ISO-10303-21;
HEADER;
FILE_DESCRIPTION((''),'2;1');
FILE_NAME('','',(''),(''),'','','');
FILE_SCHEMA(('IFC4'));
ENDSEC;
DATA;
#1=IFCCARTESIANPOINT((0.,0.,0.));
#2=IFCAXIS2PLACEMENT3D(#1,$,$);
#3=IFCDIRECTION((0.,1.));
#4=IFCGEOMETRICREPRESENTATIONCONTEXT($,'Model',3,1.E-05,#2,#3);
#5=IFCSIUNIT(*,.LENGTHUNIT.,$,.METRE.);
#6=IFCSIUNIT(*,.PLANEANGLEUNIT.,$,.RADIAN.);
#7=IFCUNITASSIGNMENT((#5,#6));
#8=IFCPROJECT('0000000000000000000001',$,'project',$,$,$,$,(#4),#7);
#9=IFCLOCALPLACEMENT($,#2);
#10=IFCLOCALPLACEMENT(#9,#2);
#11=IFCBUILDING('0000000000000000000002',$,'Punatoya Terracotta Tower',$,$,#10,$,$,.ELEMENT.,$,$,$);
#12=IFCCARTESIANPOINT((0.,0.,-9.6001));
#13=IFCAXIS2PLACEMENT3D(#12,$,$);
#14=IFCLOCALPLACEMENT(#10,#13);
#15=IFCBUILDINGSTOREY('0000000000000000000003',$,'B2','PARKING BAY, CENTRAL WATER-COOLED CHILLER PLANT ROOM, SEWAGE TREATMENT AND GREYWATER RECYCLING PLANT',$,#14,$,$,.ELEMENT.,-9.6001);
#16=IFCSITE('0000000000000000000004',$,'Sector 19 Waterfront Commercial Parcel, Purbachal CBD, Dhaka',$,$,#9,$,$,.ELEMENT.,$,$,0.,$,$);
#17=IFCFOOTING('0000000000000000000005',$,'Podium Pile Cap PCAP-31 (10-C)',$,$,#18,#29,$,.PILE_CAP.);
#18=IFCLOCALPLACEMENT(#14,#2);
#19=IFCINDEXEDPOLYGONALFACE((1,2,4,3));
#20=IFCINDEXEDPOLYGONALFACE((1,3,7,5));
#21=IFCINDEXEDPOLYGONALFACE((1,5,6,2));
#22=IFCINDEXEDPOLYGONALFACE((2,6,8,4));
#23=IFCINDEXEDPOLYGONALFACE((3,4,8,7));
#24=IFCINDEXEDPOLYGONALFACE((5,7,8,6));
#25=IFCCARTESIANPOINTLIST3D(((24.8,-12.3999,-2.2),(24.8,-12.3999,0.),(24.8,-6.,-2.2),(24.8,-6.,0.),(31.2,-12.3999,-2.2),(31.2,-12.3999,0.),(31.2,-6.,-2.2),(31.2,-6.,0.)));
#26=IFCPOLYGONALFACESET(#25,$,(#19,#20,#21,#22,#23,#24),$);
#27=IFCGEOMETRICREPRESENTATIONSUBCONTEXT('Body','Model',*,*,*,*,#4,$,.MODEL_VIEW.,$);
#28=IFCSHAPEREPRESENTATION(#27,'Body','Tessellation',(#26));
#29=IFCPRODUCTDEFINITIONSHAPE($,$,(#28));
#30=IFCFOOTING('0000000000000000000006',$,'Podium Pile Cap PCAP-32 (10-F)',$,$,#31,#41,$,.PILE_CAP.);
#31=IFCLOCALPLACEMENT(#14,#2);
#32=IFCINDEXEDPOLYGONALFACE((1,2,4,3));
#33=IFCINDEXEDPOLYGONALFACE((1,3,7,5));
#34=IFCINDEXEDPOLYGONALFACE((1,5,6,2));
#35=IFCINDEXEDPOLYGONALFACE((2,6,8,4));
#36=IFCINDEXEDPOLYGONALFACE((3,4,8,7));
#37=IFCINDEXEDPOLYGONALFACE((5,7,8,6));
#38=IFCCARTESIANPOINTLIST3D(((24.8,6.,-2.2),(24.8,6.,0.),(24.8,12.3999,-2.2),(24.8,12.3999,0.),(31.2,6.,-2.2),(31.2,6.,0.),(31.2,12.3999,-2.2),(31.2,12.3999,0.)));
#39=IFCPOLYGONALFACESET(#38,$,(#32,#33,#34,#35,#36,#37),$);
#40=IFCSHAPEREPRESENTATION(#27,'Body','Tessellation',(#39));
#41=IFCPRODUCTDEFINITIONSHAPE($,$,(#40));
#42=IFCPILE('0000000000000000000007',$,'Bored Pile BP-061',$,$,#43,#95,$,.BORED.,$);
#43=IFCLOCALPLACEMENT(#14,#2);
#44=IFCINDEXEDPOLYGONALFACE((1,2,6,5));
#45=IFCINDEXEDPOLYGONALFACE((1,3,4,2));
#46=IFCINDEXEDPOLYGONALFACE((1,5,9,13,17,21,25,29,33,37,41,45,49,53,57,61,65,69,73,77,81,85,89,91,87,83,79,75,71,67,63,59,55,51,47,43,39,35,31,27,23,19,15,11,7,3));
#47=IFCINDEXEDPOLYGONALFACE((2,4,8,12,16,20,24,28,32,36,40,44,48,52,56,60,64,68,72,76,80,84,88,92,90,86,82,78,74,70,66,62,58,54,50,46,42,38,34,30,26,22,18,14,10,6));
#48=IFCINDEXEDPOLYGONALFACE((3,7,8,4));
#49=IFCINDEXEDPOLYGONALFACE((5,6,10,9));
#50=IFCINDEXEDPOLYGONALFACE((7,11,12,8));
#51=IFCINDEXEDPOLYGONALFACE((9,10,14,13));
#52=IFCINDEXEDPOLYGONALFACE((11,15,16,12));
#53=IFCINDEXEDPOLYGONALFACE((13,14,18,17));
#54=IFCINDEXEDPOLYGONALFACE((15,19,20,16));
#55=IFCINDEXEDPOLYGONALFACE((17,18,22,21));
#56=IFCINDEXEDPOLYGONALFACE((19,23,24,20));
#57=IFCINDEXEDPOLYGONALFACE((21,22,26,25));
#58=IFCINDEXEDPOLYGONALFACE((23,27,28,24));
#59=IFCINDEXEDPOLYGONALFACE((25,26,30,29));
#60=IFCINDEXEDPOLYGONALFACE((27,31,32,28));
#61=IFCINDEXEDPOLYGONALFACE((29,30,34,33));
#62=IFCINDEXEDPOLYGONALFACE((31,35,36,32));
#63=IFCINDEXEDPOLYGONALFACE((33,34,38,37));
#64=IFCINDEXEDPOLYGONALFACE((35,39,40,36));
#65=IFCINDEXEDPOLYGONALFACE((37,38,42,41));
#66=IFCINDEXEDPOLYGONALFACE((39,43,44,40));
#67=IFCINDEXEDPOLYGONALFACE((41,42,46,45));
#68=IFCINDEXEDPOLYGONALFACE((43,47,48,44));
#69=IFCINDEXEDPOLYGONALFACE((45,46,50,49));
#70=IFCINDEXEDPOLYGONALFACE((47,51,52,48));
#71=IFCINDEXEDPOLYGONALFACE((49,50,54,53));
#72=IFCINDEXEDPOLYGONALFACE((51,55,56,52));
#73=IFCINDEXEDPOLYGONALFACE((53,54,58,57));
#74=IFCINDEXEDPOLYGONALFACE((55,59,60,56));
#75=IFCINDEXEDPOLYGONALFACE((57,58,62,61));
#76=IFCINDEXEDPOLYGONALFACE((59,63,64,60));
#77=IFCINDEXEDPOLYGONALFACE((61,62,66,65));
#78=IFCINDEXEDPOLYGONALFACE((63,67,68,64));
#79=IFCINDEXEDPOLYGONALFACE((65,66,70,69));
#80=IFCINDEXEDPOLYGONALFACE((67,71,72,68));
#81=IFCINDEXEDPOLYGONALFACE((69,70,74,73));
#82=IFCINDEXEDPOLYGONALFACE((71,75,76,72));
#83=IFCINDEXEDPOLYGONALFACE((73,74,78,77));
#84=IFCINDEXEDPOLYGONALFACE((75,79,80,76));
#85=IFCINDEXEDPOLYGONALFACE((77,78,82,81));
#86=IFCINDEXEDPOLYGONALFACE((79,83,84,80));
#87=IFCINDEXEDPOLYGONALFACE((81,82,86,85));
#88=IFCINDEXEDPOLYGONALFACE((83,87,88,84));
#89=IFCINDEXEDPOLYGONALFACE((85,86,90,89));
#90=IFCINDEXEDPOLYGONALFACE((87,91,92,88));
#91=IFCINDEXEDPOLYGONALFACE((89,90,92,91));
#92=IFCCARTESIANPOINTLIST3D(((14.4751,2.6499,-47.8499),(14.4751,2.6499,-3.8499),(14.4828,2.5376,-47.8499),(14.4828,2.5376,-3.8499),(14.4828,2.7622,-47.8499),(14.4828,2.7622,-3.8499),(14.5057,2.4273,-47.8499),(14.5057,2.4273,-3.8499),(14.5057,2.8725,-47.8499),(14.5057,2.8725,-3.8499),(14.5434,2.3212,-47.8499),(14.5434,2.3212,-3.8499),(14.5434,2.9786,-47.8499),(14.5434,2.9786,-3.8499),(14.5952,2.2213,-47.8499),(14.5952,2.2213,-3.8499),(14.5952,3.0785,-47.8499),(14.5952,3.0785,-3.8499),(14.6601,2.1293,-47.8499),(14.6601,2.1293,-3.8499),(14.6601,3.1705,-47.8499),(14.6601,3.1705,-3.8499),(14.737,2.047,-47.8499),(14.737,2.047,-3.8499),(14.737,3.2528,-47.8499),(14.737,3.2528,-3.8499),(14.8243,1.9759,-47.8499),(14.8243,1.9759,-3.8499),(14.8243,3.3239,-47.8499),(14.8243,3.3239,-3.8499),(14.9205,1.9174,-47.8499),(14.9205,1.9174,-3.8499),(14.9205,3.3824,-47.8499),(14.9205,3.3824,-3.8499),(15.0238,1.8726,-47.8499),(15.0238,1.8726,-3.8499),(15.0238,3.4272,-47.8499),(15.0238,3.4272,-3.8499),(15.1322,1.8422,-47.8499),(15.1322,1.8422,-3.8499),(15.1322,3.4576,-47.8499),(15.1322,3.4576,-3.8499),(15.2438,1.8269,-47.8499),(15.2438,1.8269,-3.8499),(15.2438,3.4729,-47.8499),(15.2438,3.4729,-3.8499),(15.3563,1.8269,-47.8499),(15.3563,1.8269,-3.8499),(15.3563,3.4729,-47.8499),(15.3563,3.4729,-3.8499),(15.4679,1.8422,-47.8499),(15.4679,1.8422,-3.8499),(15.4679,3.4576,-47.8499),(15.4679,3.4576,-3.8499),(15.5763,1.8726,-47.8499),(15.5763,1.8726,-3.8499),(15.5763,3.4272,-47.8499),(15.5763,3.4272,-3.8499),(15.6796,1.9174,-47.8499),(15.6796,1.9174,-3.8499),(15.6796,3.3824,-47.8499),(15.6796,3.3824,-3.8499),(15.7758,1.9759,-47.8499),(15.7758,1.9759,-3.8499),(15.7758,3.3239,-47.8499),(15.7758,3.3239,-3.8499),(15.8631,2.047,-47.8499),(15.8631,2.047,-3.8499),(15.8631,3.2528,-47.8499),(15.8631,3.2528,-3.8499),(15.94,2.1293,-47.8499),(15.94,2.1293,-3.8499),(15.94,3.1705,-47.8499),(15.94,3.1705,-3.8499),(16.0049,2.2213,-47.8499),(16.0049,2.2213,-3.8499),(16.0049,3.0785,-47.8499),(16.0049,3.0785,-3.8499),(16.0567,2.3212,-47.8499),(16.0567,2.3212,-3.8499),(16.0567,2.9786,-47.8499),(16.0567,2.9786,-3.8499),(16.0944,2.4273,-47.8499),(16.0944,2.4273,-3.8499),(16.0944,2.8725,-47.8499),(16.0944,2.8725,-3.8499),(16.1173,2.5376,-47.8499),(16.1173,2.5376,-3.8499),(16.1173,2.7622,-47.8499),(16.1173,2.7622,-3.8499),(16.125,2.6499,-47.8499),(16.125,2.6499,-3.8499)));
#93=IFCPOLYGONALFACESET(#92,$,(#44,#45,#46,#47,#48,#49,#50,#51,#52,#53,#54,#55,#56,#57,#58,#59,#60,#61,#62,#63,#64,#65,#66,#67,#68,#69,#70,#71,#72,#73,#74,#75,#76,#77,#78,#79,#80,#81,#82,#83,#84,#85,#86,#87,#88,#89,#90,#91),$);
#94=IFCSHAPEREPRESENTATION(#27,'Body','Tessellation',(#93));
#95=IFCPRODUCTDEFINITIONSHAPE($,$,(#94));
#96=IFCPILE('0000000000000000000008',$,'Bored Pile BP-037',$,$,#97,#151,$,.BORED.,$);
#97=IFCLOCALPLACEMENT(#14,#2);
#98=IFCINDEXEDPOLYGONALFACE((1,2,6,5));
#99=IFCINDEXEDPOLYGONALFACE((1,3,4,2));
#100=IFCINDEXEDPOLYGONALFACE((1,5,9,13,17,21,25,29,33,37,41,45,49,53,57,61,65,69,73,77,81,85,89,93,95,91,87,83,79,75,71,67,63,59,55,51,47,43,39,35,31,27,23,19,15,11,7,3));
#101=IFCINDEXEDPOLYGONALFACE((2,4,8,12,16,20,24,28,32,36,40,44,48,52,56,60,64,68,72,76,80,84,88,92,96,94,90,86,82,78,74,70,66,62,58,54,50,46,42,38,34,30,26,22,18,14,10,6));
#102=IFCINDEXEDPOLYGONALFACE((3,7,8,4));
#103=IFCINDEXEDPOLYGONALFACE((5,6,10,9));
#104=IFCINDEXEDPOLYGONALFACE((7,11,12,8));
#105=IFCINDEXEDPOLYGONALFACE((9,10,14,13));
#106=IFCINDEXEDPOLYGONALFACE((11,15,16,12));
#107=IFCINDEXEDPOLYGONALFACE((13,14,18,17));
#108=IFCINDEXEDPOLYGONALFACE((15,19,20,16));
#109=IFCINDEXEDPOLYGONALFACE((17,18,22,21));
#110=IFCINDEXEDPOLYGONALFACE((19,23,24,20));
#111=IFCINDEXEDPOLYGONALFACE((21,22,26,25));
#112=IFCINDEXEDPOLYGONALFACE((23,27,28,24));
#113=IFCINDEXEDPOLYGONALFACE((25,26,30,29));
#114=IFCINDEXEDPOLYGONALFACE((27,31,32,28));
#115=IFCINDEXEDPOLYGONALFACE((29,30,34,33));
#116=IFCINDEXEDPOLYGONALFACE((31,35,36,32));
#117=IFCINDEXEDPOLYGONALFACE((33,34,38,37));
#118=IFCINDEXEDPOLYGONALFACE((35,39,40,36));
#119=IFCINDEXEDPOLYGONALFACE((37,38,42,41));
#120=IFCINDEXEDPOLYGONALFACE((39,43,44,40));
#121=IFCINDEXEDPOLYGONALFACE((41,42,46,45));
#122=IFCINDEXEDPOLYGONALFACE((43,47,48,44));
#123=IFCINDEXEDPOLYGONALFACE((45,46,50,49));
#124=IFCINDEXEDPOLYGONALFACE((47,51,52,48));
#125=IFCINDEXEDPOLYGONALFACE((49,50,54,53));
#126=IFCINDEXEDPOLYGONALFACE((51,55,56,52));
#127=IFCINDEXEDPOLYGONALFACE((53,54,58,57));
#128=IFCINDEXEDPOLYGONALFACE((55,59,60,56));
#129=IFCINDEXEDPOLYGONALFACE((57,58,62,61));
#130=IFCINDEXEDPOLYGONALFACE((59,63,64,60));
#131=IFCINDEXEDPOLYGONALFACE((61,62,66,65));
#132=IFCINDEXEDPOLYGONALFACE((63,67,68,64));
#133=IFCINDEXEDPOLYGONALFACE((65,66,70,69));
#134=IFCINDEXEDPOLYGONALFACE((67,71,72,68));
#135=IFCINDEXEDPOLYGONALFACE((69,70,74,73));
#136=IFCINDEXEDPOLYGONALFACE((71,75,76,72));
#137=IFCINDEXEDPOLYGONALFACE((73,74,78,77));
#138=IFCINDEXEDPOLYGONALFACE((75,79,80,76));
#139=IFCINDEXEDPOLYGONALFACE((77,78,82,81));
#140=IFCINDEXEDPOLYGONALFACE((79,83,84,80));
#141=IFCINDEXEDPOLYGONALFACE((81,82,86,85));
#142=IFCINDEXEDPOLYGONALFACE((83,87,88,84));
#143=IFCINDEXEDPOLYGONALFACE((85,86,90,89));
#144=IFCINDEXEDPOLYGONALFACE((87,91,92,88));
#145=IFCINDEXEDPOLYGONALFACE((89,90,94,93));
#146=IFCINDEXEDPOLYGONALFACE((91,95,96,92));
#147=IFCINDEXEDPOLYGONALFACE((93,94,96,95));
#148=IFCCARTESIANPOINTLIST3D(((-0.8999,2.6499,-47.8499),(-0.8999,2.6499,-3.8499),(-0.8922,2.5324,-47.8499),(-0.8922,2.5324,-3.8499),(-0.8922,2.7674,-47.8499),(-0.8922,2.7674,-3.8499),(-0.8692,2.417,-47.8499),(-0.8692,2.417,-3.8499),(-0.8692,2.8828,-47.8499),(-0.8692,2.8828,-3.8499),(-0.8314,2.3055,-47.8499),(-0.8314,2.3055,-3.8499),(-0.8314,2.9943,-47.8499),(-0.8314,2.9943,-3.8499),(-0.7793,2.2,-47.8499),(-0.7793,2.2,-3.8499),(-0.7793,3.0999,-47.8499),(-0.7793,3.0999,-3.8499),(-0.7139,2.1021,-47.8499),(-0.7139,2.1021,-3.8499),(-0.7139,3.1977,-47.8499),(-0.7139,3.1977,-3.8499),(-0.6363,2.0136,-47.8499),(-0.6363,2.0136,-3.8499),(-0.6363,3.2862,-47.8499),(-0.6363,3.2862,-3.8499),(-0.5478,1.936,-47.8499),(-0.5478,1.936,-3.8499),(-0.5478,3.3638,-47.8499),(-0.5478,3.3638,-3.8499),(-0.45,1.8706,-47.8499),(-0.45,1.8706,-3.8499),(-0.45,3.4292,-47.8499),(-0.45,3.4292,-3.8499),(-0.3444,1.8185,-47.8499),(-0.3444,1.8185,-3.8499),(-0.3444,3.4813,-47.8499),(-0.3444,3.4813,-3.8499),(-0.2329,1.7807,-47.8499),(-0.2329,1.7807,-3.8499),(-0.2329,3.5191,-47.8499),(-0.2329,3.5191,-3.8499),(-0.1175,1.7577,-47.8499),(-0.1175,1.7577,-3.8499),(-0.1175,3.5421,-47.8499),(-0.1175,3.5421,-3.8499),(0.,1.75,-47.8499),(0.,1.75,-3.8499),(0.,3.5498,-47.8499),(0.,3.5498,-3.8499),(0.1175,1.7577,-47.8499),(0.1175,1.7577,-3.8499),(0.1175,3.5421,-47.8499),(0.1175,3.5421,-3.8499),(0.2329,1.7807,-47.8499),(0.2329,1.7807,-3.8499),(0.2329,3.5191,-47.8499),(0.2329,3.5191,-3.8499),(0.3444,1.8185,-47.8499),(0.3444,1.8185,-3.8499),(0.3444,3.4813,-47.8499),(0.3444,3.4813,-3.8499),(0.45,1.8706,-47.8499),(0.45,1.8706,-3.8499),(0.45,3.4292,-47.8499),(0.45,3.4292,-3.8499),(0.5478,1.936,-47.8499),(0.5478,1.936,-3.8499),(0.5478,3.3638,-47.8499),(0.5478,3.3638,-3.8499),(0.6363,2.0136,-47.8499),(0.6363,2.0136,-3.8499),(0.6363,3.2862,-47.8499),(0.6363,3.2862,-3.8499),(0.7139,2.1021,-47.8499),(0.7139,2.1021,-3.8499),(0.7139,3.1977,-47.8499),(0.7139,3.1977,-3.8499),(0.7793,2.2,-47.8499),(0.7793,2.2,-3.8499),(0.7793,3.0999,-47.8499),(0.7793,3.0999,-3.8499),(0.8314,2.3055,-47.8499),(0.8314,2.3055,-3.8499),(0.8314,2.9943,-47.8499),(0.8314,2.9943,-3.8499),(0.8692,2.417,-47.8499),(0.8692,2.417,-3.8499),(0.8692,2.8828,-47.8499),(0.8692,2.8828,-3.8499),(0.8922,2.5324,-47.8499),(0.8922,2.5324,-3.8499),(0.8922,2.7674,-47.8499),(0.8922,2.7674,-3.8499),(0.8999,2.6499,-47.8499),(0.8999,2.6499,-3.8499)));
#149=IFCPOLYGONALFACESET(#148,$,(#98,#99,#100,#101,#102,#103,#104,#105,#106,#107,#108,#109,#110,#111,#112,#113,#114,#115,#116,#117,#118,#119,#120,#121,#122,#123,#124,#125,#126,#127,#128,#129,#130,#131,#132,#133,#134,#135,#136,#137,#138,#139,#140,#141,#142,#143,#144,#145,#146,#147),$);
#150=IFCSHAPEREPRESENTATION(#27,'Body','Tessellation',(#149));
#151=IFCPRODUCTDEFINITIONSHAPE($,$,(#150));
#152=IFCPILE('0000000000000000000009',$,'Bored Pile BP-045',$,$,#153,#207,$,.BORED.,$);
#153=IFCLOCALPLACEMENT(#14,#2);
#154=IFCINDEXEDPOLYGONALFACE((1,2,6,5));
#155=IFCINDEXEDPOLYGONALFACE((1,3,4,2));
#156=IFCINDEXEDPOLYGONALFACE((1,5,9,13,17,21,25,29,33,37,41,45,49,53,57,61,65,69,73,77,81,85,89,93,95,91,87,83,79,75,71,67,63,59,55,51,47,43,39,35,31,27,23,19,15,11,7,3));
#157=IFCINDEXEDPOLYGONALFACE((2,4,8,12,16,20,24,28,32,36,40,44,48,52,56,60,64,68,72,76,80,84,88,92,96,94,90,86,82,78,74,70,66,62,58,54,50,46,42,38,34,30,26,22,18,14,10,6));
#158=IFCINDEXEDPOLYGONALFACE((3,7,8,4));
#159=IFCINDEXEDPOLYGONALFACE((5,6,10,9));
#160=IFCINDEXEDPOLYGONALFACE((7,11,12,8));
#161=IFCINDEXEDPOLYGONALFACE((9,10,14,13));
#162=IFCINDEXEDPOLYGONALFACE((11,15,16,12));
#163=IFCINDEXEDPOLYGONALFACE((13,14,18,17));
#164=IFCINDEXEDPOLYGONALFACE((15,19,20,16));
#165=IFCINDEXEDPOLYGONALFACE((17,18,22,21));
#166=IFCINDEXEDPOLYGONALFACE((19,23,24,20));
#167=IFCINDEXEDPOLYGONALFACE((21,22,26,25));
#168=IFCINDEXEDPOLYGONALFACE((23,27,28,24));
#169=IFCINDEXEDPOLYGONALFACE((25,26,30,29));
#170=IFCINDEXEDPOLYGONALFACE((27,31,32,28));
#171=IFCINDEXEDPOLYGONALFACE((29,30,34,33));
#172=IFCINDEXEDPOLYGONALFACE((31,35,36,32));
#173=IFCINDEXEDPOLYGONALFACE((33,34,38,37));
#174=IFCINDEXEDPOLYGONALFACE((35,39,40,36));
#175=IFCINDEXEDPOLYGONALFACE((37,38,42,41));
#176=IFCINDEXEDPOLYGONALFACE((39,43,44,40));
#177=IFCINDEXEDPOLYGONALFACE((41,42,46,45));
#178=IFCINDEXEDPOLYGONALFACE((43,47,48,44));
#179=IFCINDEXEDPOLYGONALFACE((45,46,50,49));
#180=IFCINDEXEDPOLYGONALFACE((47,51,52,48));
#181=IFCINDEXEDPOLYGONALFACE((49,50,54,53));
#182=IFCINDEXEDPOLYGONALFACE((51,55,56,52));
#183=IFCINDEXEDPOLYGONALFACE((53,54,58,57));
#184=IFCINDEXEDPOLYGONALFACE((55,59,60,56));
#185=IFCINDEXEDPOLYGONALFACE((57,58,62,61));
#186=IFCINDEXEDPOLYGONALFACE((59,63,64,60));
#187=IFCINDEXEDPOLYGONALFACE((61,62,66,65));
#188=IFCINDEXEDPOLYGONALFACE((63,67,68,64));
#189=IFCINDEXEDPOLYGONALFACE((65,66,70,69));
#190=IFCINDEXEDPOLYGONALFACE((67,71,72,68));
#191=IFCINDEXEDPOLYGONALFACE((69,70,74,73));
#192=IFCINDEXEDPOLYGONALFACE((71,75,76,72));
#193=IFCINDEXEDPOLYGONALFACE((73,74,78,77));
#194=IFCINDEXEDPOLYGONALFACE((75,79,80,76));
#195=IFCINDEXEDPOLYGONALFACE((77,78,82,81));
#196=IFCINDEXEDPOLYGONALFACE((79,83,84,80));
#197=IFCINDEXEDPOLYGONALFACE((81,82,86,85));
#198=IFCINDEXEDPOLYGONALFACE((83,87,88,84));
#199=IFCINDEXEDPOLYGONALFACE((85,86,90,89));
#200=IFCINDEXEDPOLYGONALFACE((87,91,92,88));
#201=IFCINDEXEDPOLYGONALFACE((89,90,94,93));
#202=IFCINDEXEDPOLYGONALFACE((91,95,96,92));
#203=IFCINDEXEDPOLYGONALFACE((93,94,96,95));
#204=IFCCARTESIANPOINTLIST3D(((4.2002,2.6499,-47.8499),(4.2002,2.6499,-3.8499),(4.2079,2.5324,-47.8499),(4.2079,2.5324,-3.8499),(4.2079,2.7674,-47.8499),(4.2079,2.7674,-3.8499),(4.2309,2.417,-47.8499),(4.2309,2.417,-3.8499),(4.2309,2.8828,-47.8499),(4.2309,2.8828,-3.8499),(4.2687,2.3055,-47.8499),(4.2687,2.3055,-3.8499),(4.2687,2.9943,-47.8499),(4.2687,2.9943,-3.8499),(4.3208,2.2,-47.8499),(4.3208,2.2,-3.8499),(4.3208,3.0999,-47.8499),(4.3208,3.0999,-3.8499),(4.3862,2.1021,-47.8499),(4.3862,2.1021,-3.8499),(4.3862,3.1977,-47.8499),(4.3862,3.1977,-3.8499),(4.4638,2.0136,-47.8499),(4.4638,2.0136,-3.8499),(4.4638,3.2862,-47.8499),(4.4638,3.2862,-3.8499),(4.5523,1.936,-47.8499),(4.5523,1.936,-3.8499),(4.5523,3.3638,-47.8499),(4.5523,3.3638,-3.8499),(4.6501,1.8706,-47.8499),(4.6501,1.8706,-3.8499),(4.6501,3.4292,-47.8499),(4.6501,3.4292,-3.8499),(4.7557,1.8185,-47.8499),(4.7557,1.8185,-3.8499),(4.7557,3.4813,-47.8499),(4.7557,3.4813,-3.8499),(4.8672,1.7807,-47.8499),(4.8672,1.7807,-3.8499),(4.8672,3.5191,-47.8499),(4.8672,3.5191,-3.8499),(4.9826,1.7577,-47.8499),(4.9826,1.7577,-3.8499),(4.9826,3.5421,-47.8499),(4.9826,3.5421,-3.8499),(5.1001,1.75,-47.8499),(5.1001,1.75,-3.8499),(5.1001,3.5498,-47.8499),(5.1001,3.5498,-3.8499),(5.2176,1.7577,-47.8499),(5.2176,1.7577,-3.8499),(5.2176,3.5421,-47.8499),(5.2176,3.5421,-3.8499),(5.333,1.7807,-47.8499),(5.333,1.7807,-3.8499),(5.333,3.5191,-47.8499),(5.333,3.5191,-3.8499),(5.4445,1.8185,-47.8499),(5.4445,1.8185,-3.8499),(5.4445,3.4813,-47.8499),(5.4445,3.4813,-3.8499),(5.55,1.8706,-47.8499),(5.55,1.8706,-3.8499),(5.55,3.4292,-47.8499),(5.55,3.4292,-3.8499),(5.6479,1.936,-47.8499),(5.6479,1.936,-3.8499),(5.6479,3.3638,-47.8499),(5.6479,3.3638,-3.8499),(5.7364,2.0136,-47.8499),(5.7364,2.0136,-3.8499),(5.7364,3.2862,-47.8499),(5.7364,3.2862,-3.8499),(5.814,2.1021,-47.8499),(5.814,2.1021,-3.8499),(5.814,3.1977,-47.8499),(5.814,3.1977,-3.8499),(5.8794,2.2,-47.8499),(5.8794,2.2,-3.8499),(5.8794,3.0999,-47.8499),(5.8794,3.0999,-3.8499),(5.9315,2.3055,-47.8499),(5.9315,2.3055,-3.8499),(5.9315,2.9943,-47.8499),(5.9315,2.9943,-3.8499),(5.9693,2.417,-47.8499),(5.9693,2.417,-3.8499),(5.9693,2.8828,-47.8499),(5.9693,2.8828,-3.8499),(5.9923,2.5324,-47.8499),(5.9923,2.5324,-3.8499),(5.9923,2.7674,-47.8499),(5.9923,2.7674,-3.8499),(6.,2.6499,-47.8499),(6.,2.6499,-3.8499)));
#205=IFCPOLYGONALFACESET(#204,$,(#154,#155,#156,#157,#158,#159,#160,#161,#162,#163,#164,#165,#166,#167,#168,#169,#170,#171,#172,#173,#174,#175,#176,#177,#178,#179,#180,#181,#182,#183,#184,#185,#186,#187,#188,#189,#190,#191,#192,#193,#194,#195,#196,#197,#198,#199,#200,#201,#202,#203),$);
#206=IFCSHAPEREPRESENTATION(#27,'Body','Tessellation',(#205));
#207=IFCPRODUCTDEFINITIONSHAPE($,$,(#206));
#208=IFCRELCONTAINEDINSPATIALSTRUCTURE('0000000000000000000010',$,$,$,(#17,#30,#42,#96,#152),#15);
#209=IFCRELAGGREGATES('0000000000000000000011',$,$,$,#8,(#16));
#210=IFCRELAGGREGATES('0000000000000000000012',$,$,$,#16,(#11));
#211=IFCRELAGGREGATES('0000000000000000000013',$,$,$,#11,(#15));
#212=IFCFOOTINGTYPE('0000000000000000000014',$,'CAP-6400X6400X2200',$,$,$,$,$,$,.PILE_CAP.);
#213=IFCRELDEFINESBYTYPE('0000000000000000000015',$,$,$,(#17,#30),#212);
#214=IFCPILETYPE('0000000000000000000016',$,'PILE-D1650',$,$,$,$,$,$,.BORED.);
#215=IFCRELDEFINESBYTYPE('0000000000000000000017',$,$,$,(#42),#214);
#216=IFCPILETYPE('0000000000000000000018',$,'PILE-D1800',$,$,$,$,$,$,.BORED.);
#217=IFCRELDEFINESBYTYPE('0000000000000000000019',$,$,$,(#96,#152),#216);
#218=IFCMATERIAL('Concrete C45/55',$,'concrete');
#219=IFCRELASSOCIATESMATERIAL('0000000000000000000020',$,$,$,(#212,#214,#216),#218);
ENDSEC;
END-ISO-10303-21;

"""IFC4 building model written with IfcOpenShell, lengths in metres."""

from ifc_helpers import new_model, si_unit, direction, frame, origin, origin_2d, place, context, subcontext, project, spatial, polyline, circle, outline, extrude, material, material_profile, profile_set, type_object, element, save


model = new_model("IFC4")

# Units and contexts
model_context = context("Model", 3, precision=1e-05, world=origin(), true_north=direction((0.0, 1.0)))
body_context = subcontext(model_context, "Body", "Model", "MODEL_VIEW")
ifc_project = project(units=[si_unit("LENGTHUNIT", "METRE"), si_unit("PLANEANGLEUNIT", "RADIAN")], contexts=[model_context])

# Site, building, storey
site_placement = place(None, origin())
site = spatial("IfcSite", under=ifc_project, at=site_placement, Name="Sector 19 Waterfront Commercial Parcel, Purbachal CBD, Dhaka", CompositionType="ELEMENT", RefElevation=0.0)
building_placement = place(site_placement, origin())
building = spatial("IfcBuilding", under=site, at=building_placement, Name="Punatoya Terracotta Tower", CompositionType="ELEMENT")
storey_placement = place(building_placement, frame((0.0, 0.0, -9.6001)))
storey = spatial("IfcBuildingStorey", under=building, at=storey_placement, Name="B2", Description="PARKING BAY, CENTRAL WATER-COOLED CHILLER PLANT ROOM, SEWAGE TREATMENT AND GREYWATER RECYCLING PLANT", CompositionType="ELEMENT", Elevation=-9.6001)

# Footings
ifc_material_1 = material(Name="Concrete C45/55", Category="concrete")
footing_type = type_object("IfcFootingType", Name="CAP-6400X6400X2200", PredefinedType="PILE_CAP", material=ifc_material_1)
footing_1_placement = place(storey_placement, frame((0.0, 0.0, -2.2)))
element("IfcFooting", 1, at=footing_1_placement, inside=storey, type_object=footing_type, Name="Podium Pile Cap PCAP-31 (10-C)", PredefinedType="PILE_CAP", context=body_context, shape_type="SweptSolid", body=[
    extrude(outline(polyline([(24.8, -12.3999), (31.2, -12.3999), (31.2, -6.0), (24.8, -6.0), (24.8, -12.3999)])), origin(), (0.0, 0.0, 1.0), 2.2),
])
footing_2_placement = place(storey_placement, frame((0.0, 0.0, -2.2)))
element("IfcFooting", 2, at=footing_2_placement, inside=storey, type_object=footing_type, Name="Podium Pile Cap PCAP-32 (10-F)", PredefinedType="PILE_CAP", context=body_context, shape_type="SweptSolid", body=[
    extrude(outline(polyline([(24.8, 6.0), (31.2, 6.0), (31.2, 12.3999), (24.8, 12.3999), (24.8, 6.0)])), origin(), (0.0, 0.0, 1.0), 2.2),
])

# Piles
ifc_material_profile_1 = material_profile(ifc_material_1, circle(Radius=0.825, at=origin_2d()))
ifc_profile_set_1 = profile_set([ifc_material_profile_1], Name="Concrete C45/55")
pile_type_1 = type_object("IfcPileType", Name="PILE-D1650", PredefinedType="BORED", material=ifc_profile_set_1)
pile_placement = place(storey_placement, frame((15.3, 2.6499, -3.8499), z_axis=(0.0, 0.0, -1.0), x_axis=(1.0, 0.0, 0.0)))
element("IfcPile", 3, at=pile_placement, inside=storey, type_object=pile_type_1, Name="Bored Pile BP-061", PredefinedType="BORED", context=body_context, shape_type="SweptSolid", body=[
    extrude(circle(Radius=0.825, at=origin_2d()), origin(), (0.0, 0.0, 1.0), 44.0),
])
ifc_material_profile_2 = material_profile(ifc_material_1, circle(Radius=0.8999, at=origin_2d()))
ifc_profile_set_2 = profile_set([ifc_material_profile_2], Name="Concrete C45/55")
pile_type_2 = type_object("IfcPileType", Name="PILE-D1800", PredefinedType="BORED", material=ifc_profile_set_2)
for number, where, z_axis, x_axis, name in (
    (4, (0.0, 2.6499, -3.8499), (0.0, 0.0, -1.0), (1.0, 0.0, 0.0), "Bored Pile BP-037"),
    (5, (5.1001, 2.6499, -3.8499), (0.0, 0.0, -1.0), (1.0, 0.0, 0.0), "Bored Pile BP-045"),
):
    element("IfcPile", number, at=place(storey_placement, frame(where, z_axis=z_axis, x_axis=x_axis)), inside=storey, type_object=pile_type_2, Name=name, PredefinedType="BORED", context=body_context, shape_type="SweptSolid", body=[
        extrude(circle(Radius=0.8999, at=origin_2d()), origin(), (0.0, 0.0, 1.0), 44.0),
    ])

save(model, "model.ifc")
